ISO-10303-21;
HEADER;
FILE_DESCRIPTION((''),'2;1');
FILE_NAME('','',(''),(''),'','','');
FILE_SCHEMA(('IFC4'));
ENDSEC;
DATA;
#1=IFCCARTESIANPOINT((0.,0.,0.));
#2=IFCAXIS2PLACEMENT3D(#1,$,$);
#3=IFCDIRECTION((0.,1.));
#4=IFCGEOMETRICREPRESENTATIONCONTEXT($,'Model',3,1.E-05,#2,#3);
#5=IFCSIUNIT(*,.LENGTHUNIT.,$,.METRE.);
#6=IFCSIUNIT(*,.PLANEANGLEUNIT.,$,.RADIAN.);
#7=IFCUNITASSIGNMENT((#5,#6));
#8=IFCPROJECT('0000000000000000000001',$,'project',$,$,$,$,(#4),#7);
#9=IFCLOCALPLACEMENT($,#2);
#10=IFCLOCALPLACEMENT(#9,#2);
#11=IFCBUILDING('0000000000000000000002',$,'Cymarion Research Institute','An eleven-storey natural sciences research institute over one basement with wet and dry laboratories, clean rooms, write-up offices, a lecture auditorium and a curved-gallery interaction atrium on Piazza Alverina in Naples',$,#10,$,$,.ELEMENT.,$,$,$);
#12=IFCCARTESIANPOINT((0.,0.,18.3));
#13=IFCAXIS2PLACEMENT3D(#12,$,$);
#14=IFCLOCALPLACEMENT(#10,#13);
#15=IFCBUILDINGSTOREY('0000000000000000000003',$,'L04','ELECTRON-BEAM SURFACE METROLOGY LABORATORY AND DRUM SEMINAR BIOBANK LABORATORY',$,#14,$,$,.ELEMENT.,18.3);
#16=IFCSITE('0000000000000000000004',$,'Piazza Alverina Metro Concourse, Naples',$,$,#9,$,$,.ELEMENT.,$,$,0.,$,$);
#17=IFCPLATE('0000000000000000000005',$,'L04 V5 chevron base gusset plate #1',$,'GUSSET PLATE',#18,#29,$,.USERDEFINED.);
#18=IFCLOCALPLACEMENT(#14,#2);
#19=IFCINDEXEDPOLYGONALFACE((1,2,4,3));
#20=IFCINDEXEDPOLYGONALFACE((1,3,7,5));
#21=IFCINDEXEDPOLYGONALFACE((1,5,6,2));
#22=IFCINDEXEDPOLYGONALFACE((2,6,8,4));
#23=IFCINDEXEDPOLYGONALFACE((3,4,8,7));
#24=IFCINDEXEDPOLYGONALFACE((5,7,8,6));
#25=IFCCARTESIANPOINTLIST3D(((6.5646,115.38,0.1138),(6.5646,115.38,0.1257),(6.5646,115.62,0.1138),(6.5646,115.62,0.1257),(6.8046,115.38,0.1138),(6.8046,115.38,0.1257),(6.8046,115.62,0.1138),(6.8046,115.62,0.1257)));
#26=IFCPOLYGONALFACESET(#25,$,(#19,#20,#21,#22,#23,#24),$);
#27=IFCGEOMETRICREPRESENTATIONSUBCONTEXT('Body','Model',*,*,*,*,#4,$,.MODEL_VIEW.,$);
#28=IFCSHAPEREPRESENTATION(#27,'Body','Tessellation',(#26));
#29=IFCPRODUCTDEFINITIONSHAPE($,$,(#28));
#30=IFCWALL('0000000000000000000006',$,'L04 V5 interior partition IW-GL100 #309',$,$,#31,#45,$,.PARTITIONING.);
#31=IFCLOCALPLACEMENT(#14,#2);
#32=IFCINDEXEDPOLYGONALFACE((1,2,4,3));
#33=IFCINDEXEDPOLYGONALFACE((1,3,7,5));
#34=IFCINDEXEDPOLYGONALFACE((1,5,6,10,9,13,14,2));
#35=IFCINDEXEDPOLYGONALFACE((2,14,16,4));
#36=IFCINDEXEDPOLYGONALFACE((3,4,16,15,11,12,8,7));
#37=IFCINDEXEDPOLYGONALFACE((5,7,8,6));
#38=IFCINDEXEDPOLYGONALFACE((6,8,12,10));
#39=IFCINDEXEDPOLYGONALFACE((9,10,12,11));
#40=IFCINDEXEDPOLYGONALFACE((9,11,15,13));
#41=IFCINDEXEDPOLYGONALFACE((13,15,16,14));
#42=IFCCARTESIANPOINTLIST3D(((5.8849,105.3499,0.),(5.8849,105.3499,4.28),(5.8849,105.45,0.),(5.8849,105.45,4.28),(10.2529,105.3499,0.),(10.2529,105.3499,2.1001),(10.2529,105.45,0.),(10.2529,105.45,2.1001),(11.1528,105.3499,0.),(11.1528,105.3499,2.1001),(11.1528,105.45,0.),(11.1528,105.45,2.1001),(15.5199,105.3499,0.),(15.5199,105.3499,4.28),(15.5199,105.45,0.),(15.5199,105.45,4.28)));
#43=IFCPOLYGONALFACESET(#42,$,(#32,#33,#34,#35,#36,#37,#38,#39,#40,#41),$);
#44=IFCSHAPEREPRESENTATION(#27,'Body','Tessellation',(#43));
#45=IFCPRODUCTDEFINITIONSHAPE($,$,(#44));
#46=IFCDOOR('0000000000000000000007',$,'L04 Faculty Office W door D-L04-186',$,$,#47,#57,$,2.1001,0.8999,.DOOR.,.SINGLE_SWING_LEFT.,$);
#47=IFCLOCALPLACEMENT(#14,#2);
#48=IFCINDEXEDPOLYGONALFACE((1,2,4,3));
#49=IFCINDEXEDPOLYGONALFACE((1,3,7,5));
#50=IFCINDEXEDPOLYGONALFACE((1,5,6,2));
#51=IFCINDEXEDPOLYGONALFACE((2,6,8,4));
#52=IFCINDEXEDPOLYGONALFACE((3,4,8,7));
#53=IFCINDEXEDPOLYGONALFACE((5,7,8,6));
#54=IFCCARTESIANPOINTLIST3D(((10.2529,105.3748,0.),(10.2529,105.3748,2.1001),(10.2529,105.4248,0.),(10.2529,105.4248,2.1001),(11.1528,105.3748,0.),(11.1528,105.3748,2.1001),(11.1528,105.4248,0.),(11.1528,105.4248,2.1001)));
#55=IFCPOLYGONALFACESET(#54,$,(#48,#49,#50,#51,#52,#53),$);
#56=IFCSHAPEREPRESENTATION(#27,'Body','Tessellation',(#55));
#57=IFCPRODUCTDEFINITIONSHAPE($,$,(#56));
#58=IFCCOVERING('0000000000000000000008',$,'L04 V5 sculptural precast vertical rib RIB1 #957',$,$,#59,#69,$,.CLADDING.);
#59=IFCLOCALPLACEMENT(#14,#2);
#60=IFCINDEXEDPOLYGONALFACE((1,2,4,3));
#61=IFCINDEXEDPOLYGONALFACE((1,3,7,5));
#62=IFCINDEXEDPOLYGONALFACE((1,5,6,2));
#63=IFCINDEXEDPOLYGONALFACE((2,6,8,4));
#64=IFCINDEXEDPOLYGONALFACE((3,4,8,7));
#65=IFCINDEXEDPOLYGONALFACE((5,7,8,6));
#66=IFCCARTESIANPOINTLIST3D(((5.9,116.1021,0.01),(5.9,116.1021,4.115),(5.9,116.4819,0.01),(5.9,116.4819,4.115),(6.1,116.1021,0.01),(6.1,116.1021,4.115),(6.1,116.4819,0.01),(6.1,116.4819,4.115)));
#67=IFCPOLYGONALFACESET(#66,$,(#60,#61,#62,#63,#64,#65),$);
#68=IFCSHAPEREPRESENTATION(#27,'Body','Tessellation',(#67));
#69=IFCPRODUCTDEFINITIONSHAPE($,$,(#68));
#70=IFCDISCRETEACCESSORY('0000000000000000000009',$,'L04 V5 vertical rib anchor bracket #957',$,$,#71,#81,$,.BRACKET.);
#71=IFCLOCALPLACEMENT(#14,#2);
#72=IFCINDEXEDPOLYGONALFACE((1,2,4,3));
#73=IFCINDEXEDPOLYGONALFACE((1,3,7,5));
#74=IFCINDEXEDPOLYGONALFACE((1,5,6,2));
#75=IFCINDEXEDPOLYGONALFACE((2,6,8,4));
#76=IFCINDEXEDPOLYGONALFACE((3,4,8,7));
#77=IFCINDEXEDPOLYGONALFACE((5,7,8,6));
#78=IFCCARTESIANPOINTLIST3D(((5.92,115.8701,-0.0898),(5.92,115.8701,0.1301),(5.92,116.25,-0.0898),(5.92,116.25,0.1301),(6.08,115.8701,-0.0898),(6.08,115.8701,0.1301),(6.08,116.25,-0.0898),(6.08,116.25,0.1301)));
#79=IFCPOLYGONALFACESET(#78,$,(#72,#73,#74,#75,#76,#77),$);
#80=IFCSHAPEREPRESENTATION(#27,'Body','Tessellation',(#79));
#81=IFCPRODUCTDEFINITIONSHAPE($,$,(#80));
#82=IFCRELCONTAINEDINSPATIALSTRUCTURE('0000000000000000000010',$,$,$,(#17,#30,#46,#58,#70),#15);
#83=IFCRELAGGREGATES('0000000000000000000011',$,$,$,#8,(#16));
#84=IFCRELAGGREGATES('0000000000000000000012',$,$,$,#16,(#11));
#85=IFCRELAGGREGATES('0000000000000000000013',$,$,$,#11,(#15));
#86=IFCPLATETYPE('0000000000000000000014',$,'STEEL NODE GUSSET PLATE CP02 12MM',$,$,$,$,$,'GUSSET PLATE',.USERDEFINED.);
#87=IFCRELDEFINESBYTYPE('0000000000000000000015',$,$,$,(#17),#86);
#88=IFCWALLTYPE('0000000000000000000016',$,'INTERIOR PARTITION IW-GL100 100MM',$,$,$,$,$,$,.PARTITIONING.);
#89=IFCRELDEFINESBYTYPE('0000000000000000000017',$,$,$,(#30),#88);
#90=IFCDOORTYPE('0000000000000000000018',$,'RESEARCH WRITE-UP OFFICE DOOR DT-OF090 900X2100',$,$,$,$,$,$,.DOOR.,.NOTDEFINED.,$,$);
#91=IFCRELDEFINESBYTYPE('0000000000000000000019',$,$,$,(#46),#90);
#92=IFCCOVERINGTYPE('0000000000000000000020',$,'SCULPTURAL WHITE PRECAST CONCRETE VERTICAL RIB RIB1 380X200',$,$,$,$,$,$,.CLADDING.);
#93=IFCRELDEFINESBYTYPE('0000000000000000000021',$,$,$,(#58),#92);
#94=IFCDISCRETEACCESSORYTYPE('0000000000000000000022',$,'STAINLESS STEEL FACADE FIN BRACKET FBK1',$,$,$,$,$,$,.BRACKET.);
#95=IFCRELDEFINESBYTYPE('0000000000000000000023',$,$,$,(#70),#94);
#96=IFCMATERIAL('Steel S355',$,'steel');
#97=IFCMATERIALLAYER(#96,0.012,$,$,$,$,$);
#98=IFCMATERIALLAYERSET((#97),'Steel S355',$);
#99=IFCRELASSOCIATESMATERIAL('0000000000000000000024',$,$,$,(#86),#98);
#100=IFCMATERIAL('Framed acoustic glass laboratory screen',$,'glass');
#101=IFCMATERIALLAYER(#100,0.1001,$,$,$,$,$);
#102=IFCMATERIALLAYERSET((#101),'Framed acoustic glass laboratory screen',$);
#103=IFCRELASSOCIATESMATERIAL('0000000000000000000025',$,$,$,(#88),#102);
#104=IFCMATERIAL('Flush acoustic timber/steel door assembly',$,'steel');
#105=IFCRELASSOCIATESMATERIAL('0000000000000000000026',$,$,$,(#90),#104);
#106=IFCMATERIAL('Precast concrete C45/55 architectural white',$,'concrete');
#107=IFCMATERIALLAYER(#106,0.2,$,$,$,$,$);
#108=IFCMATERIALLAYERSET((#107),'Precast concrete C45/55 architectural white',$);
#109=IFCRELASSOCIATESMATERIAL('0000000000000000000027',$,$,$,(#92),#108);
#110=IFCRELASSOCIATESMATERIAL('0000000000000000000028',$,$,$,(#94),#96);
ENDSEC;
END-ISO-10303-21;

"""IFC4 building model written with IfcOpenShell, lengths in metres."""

from ifc_helpers import new_model, si_unit, direction, frame, frame_2d, origin, origin_2d, place, context, subcontext, project, spatial, rectangle, extrude, material, layer, layer_set, type_object, element, fill, save


model = new_model("IFC4")

# Units and contexts
model_context = context("Model", 3, precision=1e-05, world=origin(), true_north=direction((0.0, 1.0)))
body_context = subcontext(model_context, "Body", "Model", "MODEL_VIEW")
ifc_project = project(units=[si_unit("LENGTHUNIT", "METRE"), si_unit("PLANEANGLEUNIT", "RADIAN")], contexts=[model_context])

# Site, building, storey
site_placement = place(None, origin())
site = spatial("IfcSite", under=ifc_project, at=site_placement, Name="Piazza Alverina Metro Concourse, Naples", CompositionType="ELEMENT", RefElevation=0.0)
building_placement = place(site_placement, origin())
building = spatial("IfcBuilding", under=site, at=building_placement, Name="Cymarion Research Institute", Description="An eleven-storey natural sciences research institute over one basement with wet and dry laboratories, clean rooms, write-up offices, a lecture auditorium and a curved-gallery interaction atrium on Piazza Alverina in Naples", CompositionType="ELEMENT")
storey_placement = place(building_placement, frame((0.0, 0.0, 18.3)))
storey = spatial("IfcBuildingStorey", under=building, at=storey_placement, Name="L04", Description="ELECTRON-BEAM SURFACE METROLOGY LABORATORY AND DRUM SEMINAR BIOBANK LABORATORY", CompositionType="ELEMENT", Elevation=18.3)

# Shared definitions
ifc_material_1 = material(Name="Steel S355", Category="steel")

# Plate
ifc_layer_1 = layer(ifc_material_1, 0.012)
ifc_layer_set_1 = layer_set([ifc_layer_1], Name="Steel S355")
plate_type_1 = type_object("IfcPlateType", Name="STEEL NODE GUSSET PLATE CP02 12MM", ElementType="GUSSET PLATE", PredefinedType="USERDEFINED", material=ifc_layer_set_1)
plate_1_placement = place(storey_placement, frame((6.6846, 115.5, 0.1138), z_axis=(0.0, 0.0, 1.0), x_axis=(1.0, 0.0, 0.0)))
element("IfcPlate", 1, at=plate_1_placement, inside=storey, type_object=plate_type_1, Name="L04 V5 chevron base gusset plate #1", ObjectType="GUSSET PLATE", PredefinedType="USERDEFINED", context=body_context, shape_type="SweptSolid", body=[
    extrude(rectangle(XDim=0.24, YDim=0.24, at=origin_2d()), origin(), (0.0, 0.0, 1.0), 0.012),
])

# Wall, opening, door
ifc_material_2 = material(Name="Framed acoustic glass laboratory screen", Category="glass")
ifc_layer_2 = layer(ifc_material_2, 0.1001)
ifc_layer_set_2 = layer_set([ifc_layer_2], Name="Framed acoustic glass laboratory screen")
wall_type = type_object("IfcWallType", Name="INTERIOR PARTITION IW-GL100 100MM", PredefinedType="PARTITIONING", material=ifc_layer_set_2)
wall_placement = place(storey_placement, frame((5.885, 105.3999, 0.0), z_axis=(0.0, 0.0, 1.0), x_axis=(1.0, 0.0, 0.0)))
wall = element("IfcWall", 2, at=wall_placement, inside=storey, type_object=wall_type, Name="L04 V5 interior partition IW-GL100 #309", PredefinedType="PARTITIONING", context=body_context, shape_type="SweptSolid", body=[
    extrude(rectangle(XDim=9.635, YDim=0.1001, at=frame_2d((4.8174, 0.0))), origin(), (0.0, 0.0, 1.0), 4.28),
])
opening_placement = place(wall_placement, frame((4.3679, 0.0, 0.0)))
opening = element("IfcOpeningElement", 3, at=opening_placement, cuts=wall, PredefinedType="OPENING", context=body_context, shape_type="SweptSolid", body=[
    extrude(rectangle(XDim=0.8999, YDim=2.1001, at=frame_2d((0.45, 1.05))), frame((0.0, 0.0601, 0.0), z_axis=(0.0, -1.0, 0.0), x_axis=(1.0, 0.0, 0.0)), (0.0, 0.0, 1.0), 0.1201),
])
ifc_material_3 = material(Name="Flush acoustic timber/steel door assembly", Category="steel")
door_type = type_object("IfcDoorType", Name="RESEARCH WRITE-UP OFFICE DOOR DT-OF090 900X2100", OperationType="NOTDEFINED", PredefinedType="DOOR", material=ifc_material_3)
door_placement = place(opening_placement, origin())
door = element("IfcDoor", 4, at=door_placement, inside=storey, type_object=door_type, Name="L04 Faculty Office W door D-L04-186", OperationType="SINGLE_SWING_LEFT", OverallHeight=2.1001, OverallWidth=0.8999, PredefinedType="DOOR", context=body_context, shape_type="SweptSolid", body=[
    extrude(rectangle(XDim=0.8999, YDim=2.1001, at=frame_2d((0.45, 1.05))), frame((0.0, 0.0249, 0.0), z_axis=(0.0, -1.0, 0.0), x_axis=(1.0, 0.0, 0.0)), (0.0, 0.0, 1.0), 0.05),
])
fill(opening, door)

# Covering
ifc_material_4 = material(Name="Precast concrete C45/55 architectural white", Category="concrete")
ifc_layer_3 = layer(ifc_material_4, 0.2)
ifc_layer_set_3 = layer_set([ifc_layer_3], Name="Precast concrete C45/55 architectural white")
covering_type = type_object("IfcCoveringType", Name="SCULPTURAL WHITE PRECAST CONCRETE VERTICAL RIB RIB1 380X200", PredefinedType="CLADDING", material=ifc_layer_set_3)
covering_placement = place(storey_placement, frame((6.0, 116.292, 0.01), z_axis=(0.0, 0.0, 1.0), x_axis=(0.0, 1.0, 0.0)))
element("IfcCovering", 5, at=covering_placement, inside=storey, type_object=covering_type, Name="L04 V5 sculptural precast vertical rib RIB1 #957", PredefinedType="CLADDING", context=body_context, shape_type="SweptSolid", body=[
    extrude(rectangle(XDim=0.3799, YDim=0.2, at=origin_2d()), origin(), (0.0, 0.0, 1.0), 4.105),
])

# Discrete accessory
discrete_accessory_type = type_object("IfcDiscreteAccessoryType", Name="STAINLESS STEEL FACADE FIN BRACKET FBK1", PredefinedType="BRACKET", material=ifc_material_1)
discrete_accessory_placement = place(storey_placement, frame((6.0, 116.0601, -0.0898), z_axis=(0.0, 0.0, 1.0), x_axis=(0.0, 1.0, 0.0)))
element("IfcDiscreteAccessory", 6, at=discrete_accessory_placement, inside=storey, type_object=discrete_accessory_type, Name="L04 V5 vertical rib anchor bracket #957", PredefinedType="BRACKET", context=body_context, shape_type="SweptSolid", body=[
    extrude(rectangle(XDim=0.3799, YDim=0.1599, at=origin_2d()), origin(), (0.0, 0.0, 1.0), 0.22),
])

save(model, "model.ifc")
